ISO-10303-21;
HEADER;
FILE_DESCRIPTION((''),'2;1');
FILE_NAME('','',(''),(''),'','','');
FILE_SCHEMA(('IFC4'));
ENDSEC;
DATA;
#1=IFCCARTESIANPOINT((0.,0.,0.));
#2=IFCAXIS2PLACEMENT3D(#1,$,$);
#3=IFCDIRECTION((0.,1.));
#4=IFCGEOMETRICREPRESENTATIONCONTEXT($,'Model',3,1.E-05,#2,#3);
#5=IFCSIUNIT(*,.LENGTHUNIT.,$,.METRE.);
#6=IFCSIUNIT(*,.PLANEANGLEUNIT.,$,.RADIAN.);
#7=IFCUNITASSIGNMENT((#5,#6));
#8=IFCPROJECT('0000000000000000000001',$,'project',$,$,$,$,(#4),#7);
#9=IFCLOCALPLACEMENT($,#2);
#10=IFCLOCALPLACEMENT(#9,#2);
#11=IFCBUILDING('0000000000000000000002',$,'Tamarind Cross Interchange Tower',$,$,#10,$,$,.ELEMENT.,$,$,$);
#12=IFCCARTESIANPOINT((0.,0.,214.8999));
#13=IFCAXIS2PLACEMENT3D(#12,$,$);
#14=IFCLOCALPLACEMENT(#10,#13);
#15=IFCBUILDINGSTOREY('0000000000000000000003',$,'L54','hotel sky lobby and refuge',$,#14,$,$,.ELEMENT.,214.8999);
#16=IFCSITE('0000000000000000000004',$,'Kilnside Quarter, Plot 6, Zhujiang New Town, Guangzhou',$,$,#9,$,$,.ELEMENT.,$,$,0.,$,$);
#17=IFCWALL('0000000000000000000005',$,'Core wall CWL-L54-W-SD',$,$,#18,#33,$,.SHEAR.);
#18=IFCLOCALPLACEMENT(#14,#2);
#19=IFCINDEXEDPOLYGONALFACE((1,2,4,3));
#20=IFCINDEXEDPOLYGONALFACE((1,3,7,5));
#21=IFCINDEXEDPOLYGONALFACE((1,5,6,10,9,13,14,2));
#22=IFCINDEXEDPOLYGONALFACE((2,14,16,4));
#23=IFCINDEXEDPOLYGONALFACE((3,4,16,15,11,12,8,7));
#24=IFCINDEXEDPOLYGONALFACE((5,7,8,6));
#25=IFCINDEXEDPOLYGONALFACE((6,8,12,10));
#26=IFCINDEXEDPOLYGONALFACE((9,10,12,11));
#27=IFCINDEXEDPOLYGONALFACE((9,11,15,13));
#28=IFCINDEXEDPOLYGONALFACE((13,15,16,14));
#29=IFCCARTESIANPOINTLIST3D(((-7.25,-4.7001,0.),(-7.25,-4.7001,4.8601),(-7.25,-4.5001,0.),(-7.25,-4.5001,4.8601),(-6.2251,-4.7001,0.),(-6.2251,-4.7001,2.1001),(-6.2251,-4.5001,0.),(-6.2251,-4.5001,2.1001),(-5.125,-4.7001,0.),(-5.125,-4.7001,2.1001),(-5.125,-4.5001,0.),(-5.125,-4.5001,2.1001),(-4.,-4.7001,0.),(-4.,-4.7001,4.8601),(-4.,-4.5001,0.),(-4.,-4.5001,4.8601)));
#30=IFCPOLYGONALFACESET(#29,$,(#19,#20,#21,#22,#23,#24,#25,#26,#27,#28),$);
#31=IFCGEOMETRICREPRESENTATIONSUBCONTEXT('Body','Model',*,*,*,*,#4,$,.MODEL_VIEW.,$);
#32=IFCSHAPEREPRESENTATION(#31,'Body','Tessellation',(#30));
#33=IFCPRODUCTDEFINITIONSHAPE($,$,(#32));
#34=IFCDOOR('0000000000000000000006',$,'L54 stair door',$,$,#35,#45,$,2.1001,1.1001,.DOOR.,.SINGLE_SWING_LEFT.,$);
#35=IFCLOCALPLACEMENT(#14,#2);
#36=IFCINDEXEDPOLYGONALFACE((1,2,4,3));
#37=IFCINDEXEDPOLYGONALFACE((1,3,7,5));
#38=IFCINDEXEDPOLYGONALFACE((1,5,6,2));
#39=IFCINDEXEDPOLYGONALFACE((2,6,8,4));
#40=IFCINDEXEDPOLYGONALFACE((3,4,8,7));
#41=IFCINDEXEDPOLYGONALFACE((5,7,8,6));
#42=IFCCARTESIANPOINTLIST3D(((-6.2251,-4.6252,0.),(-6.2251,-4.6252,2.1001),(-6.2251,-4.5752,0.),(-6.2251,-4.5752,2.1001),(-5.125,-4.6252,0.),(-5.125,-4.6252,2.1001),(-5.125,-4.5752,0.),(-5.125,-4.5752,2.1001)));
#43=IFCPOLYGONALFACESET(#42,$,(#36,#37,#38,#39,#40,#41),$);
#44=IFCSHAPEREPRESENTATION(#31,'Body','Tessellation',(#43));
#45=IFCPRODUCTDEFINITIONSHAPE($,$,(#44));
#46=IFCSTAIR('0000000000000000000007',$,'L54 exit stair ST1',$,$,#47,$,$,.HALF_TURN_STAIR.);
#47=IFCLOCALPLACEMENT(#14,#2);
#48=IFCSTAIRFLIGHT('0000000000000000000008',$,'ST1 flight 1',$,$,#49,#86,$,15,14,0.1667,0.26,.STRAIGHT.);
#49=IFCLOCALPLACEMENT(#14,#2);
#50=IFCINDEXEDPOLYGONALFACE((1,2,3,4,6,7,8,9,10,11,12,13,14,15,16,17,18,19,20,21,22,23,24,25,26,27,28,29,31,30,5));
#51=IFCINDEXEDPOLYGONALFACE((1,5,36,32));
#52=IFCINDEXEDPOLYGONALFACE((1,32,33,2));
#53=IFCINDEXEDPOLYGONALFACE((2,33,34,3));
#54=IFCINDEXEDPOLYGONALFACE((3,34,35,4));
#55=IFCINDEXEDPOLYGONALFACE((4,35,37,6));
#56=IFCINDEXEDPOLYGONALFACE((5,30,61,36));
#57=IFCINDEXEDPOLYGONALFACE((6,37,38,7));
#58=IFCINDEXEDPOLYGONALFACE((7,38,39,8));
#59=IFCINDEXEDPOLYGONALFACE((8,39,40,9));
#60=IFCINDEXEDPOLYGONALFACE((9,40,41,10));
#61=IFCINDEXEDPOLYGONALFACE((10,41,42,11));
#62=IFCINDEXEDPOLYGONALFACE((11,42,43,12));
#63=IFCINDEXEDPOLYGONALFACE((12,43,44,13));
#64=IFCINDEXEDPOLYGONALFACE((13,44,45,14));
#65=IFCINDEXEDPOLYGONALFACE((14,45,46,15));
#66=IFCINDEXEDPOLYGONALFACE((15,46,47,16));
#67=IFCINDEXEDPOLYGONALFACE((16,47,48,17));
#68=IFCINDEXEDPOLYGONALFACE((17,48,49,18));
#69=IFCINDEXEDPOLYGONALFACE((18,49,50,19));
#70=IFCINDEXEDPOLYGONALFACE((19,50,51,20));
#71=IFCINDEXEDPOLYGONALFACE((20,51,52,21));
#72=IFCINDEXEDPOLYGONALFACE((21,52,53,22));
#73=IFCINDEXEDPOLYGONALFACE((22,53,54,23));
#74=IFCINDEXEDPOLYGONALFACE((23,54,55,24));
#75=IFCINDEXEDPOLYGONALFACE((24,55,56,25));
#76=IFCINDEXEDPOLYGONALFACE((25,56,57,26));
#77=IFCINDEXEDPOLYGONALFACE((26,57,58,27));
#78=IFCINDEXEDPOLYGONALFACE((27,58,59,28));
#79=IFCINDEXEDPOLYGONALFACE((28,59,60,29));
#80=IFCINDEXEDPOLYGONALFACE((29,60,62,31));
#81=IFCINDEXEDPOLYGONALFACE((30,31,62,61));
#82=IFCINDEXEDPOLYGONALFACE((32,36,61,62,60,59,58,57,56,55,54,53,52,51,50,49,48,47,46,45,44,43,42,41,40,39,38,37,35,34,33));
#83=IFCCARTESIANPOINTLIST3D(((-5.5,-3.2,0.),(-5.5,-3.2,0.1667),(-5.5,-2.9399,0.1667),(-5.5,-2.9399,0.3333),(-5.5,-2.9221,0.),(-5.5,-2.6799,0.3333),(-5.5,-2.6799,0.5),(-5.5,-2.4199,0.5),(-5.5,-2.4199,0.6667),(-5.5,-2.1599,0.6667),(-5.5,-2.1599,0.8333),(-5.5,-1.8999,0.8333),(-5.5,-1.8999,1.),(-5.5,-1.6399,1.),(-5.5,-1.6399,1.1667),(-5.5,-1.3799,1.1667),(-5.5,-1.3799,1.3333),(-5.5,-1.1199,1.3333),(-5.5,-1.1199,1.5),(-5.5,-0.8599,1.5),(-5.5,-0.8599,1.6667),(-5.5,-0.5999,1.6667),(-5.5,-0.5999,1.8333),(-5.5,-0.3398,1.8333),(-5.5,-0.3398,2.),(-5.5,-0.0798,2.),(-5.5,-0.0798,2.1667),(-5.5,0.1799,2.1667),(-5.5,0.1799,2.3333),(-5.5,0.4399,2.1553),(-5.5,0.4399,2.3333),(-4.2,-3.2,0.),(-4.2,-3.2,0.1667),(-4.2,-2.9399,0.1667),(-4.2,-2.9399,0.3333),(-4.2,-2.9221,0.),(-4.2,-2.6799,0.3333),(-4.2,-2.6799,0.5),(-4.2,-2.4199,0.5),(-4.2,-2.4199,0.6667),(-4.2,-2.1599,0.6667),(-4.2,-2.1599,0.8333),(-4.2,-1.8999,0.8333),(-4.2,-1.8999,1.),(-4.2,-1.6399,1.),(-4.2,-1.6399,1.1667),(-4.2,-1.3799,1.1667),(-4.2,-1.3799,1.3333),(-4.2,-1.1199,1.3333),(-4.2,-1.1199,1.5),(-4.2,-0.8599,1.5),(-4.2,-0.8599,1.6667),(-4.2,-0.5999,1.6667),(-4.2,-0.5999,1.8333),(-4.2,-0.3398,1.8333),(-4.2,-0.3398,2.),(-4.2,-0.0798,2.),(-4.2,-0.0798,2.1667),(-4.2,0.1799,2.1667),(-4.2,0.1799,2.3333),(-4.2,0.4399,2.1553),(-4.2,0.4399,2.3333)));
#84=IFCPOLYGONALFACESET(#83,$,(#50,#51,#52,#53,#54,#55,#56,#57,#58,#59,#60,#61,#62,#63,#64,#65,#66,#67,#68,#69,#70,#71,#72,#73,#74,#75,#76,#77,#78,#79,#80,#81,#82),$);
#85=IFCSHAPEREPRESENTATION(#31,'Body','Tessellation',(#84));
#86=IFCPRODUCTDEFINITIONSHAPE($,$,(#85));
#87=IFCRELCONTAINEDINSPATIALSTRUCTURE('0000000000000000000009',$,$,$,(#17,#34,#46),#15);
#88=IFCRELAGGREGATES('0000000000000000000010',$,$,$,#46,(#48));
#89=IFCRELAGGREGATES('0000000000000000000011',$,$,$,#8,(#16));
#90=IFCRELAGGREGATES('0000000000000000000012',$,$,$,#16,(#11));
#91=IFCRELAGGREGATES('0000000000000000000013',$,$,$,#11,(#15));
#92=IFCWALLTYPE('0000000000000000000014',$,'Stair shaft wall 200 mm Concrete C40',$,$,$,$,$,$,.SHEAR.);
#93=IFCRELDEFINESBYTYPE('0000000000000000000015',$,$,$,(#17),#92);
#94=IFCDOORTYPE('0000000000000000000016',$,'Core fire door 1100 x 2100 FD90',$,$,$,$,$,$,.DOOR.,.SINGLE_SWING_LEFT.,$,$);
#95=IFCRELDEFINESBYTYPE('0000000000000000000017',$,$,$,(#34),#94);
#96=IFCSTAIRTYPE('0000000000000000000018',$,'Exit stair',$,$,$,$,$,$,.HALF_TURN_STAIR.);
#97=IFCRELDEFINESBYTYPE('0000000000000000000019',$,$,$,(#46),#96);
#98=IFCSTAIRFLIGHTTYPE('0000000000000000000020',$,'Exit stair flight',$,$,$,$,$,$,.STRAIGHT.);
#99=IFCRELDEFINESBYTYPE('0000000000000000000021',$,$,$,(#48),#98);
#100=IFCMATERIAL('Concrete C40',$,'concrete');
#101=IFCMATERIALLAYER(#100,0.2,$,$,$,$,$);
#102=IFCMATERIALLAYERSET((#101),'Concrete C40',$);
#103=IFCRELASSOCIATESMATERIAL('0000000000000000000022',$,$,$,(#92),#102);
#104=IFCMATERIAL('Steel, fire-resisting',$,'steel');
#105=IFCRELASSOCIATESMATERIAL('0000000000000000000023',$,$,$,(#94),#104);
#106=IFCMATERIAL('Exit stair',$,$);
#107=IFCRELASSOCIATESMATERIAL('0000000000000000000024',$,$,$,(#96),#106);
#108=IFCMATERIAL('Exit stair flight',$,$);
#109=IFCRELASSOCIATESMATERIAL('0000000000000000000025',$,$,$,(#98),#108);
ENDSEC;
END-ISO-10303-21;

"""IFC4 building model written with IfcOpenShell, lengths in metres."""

from ifc_helpers import new_model, si_unit, direction, frame, frame_2d, origin, place, context, subcontext, project, spatial, polyline, rectangle, outline, extrude, material, layer, layer_set, type_object, element, fill, aggregate, save


model = new_model("IFC4")

# Units and contexts
model_context = context("Model", 3, precision=1e-05, world=origin(), true_north=direction((0.0, 1.0)))
body_context = subcontext(model_context, "Body", "Model", "MODEL_VIEW")
ifc_project = project(units=[si_unit("LENGTHUNIT", "METRE"), si_unit("PLANEANGLEUNIT", "RADIAN")], contexts=[model_context])

# Site, building, storey
site_placement = place(None, origin())
site = spatial("IfcSite", under=ifc_project, at=site_placement, Name="Kilnside Quarter, Plot 6, Zhujiang New Town, Guangzhou", CompositionType="ELEMENT", RefElevation=0.0)
building_placement = place(site_placement, origin())
building = spatial("IfcBuilding", under=site, at=building_placement, Name="Tamarind Cross Interchange Tower", CompositionType="ELEMENT")
storey_placement = place(building_placement, frame((0.0, 0.0, 214.8999)))
storey = spatial("IfcBuildingStorey", under=building, at=storey_placement, Name="L54", Description="hotel sky lobby and refuge", CompositionType="ELEMENT", Elevation=214.8999)

# Shared definitions
ifc_material_1 = material(Name="Steel, fire-resisting", Category="steel")

# Wall, opening, door
ifc_material_2 = material(Name="Concrete C40", Category="concrete")
ifc_layer_1 = layer(ifc_material_2, 0.2)
ifc_layer_set_1 = layer_set([ifc_layer_1], Name="Concrete C40")
wall_type_1 = type_object("IfcWallType", Name="Stair shaft wall 200 mm Concrete C40", PredefinedType="SHEAR", material=ifc_layer_set_1)
wall_1_placement = place(storey_placement, frame((-7.25, -4.6001, 0.0), z_axis=(0.0, 0.0, 1.0), x_axis=(1.0, 0.0, 0.0)))
wall_1 = element("IfcWall", 1, at=wall_1_placement, inside=storey, type_object=wall_type_1, Name="Core wall CWL-L54-W-SD", PredefinedType="SHEAR", context=body_context, shape_type="SweptSolid", body=[
    extrude(rectangle(XDim=3.25, YDim=0.2, at=frame_2d((1.625, 0.0))), origin(), (0.0, 0.0, 1.0), 4.8601),
])
opening_1_placement = place(wall_1_placement, frame((1.0249, 0.0, 0.0)))
opening_1 = element("IfcOpeningElement", 2, at=opening_1_placement, cuts=wall_1, PredefinedType="OPENING", context=body_context, shape_type="SweptSolid", body=[
    extrude(rectangle(XDim=1.1001, YDim=2.1001, at=frame_2d((0.55, 1.05))), frame((0.0, 0.1099, 0.0), z_axis=(0.0, -1.0, 0.0), x_axis=(1.0, 0.0, 0.0)), (0.0, 0.0, 1.0), 0.22),
])
door_type_1 = type_object("IfcDoorType", Name="Core fire door 1100 x 2100 FD90", OperationType="SINGLE_SWING_LEFT", PredefinedType="DOOR", material=ifc_material_1)
door_1_placement = place(opening_1_placement, origin())
door_1 = element("IfcDoor", 3, at=door_1_placement, inside=storey, type_object=door_type_1, Name="L54 stair door", OperationType="SINGLE_SWING_LEFT", OverallHeight=2.1001, OverallWidth=1.1001, PredefinedType="DOOR", context=body_context, shape_type="SweptSolid", body=[
    extrude(rectangle(XDim=1.1001, YDim=2.1001, at=frame_2d((0.55, 1.05))), frame((0.0, 0.0249, 0.0), z_axis=(0.0, -1.0, 0.0), x_axis=(1.0, 0.0, 0.0)), (0.0, 0.0, 1.0), 0.05),
])
fill(opening_1, door_1)

# Stair, stair flight
ifc_material_3 = material(Name="Exit stair")
stair_type = type_object("IfcStairType", Name="Exit stair", PredefinedType="HALF_TURN_STAIR", material=ifc_material_3)
stair_placement = place(storey_placement, origin())
stair = element("IfcStair", 4, at=stair_placement, inside=storey, type_object=stair_type, Name="L54 exit stair ST1", PredefinedType="HALF_TURN_STAIR")
ifc_material_4 = material(Name="Exit stair flight")
stair_flight_type = type_object("IfcStairFlightType", Name="Exit stair flight", PredefinedType="STRAIGHT", material=ifc_material_4)
stair_flight_placement = place(storey_placement, frame((-4.8501, -3.2, 0.0), z_axis=(0.0, 0.0, 1.0), x_axis=(0.0, 1.0, 0.0)))
stair_flight = element("IfcStairFlight", 5, at=stair_flight_placement, type_object=stair_flight_type, Name="ST1 flight 1", NumberOfRisers=15, NumberOfTreads=14, PredefinedType="STRAIGHT", RiserHeight=0.1667, TreadLength=0.26, context=body_context, shape_type="SweptSolid", body=[
    extrude(outline(polyline([(0.0, 0.0), (0.0, 0.1667), (0.26, 0.1667), (0.26, 0.3333), (0.52, 0.3333), (0.52, 0.5), (0.78, 0.5), (0.78, 0.6667), (1.04, 0.6667), (1.04, 0.8333), (1.3, 0.8333), (1.3, 1.0), (1.5601, 1.0), (1.5601, 1.1667), (1.8201, 1.1667), (1.8201, 1.3333), (2.0801, 1.3333), (2.0801, 1.5), (2.3401, 1.5), (2.3401, 1.6667), (2.6001, 1.6667), (2.6001, 1.8333), (2.8601, 1.8333), (2.8601, 2.0), (3.1201, 2.0), (3.1201, 2.1667), (3.3799, 2.1667), (3.3799, 2.3333), (3.6399, 2.3333), (3.6399, 2.5), (3.6399, 2.1553), (0.2778, 0.0), (0.0, 0.0)])), frame((0.0, 0.6499, 0.0), z_axis=(0.0, -1.0, 0.0), x_axis=(1.0, 0.0, 0.0)), (0.0, 0.0, 1.0), 1.3),
])
aggregate(stair, [stair_flight])

save(model, "model.ifc")
